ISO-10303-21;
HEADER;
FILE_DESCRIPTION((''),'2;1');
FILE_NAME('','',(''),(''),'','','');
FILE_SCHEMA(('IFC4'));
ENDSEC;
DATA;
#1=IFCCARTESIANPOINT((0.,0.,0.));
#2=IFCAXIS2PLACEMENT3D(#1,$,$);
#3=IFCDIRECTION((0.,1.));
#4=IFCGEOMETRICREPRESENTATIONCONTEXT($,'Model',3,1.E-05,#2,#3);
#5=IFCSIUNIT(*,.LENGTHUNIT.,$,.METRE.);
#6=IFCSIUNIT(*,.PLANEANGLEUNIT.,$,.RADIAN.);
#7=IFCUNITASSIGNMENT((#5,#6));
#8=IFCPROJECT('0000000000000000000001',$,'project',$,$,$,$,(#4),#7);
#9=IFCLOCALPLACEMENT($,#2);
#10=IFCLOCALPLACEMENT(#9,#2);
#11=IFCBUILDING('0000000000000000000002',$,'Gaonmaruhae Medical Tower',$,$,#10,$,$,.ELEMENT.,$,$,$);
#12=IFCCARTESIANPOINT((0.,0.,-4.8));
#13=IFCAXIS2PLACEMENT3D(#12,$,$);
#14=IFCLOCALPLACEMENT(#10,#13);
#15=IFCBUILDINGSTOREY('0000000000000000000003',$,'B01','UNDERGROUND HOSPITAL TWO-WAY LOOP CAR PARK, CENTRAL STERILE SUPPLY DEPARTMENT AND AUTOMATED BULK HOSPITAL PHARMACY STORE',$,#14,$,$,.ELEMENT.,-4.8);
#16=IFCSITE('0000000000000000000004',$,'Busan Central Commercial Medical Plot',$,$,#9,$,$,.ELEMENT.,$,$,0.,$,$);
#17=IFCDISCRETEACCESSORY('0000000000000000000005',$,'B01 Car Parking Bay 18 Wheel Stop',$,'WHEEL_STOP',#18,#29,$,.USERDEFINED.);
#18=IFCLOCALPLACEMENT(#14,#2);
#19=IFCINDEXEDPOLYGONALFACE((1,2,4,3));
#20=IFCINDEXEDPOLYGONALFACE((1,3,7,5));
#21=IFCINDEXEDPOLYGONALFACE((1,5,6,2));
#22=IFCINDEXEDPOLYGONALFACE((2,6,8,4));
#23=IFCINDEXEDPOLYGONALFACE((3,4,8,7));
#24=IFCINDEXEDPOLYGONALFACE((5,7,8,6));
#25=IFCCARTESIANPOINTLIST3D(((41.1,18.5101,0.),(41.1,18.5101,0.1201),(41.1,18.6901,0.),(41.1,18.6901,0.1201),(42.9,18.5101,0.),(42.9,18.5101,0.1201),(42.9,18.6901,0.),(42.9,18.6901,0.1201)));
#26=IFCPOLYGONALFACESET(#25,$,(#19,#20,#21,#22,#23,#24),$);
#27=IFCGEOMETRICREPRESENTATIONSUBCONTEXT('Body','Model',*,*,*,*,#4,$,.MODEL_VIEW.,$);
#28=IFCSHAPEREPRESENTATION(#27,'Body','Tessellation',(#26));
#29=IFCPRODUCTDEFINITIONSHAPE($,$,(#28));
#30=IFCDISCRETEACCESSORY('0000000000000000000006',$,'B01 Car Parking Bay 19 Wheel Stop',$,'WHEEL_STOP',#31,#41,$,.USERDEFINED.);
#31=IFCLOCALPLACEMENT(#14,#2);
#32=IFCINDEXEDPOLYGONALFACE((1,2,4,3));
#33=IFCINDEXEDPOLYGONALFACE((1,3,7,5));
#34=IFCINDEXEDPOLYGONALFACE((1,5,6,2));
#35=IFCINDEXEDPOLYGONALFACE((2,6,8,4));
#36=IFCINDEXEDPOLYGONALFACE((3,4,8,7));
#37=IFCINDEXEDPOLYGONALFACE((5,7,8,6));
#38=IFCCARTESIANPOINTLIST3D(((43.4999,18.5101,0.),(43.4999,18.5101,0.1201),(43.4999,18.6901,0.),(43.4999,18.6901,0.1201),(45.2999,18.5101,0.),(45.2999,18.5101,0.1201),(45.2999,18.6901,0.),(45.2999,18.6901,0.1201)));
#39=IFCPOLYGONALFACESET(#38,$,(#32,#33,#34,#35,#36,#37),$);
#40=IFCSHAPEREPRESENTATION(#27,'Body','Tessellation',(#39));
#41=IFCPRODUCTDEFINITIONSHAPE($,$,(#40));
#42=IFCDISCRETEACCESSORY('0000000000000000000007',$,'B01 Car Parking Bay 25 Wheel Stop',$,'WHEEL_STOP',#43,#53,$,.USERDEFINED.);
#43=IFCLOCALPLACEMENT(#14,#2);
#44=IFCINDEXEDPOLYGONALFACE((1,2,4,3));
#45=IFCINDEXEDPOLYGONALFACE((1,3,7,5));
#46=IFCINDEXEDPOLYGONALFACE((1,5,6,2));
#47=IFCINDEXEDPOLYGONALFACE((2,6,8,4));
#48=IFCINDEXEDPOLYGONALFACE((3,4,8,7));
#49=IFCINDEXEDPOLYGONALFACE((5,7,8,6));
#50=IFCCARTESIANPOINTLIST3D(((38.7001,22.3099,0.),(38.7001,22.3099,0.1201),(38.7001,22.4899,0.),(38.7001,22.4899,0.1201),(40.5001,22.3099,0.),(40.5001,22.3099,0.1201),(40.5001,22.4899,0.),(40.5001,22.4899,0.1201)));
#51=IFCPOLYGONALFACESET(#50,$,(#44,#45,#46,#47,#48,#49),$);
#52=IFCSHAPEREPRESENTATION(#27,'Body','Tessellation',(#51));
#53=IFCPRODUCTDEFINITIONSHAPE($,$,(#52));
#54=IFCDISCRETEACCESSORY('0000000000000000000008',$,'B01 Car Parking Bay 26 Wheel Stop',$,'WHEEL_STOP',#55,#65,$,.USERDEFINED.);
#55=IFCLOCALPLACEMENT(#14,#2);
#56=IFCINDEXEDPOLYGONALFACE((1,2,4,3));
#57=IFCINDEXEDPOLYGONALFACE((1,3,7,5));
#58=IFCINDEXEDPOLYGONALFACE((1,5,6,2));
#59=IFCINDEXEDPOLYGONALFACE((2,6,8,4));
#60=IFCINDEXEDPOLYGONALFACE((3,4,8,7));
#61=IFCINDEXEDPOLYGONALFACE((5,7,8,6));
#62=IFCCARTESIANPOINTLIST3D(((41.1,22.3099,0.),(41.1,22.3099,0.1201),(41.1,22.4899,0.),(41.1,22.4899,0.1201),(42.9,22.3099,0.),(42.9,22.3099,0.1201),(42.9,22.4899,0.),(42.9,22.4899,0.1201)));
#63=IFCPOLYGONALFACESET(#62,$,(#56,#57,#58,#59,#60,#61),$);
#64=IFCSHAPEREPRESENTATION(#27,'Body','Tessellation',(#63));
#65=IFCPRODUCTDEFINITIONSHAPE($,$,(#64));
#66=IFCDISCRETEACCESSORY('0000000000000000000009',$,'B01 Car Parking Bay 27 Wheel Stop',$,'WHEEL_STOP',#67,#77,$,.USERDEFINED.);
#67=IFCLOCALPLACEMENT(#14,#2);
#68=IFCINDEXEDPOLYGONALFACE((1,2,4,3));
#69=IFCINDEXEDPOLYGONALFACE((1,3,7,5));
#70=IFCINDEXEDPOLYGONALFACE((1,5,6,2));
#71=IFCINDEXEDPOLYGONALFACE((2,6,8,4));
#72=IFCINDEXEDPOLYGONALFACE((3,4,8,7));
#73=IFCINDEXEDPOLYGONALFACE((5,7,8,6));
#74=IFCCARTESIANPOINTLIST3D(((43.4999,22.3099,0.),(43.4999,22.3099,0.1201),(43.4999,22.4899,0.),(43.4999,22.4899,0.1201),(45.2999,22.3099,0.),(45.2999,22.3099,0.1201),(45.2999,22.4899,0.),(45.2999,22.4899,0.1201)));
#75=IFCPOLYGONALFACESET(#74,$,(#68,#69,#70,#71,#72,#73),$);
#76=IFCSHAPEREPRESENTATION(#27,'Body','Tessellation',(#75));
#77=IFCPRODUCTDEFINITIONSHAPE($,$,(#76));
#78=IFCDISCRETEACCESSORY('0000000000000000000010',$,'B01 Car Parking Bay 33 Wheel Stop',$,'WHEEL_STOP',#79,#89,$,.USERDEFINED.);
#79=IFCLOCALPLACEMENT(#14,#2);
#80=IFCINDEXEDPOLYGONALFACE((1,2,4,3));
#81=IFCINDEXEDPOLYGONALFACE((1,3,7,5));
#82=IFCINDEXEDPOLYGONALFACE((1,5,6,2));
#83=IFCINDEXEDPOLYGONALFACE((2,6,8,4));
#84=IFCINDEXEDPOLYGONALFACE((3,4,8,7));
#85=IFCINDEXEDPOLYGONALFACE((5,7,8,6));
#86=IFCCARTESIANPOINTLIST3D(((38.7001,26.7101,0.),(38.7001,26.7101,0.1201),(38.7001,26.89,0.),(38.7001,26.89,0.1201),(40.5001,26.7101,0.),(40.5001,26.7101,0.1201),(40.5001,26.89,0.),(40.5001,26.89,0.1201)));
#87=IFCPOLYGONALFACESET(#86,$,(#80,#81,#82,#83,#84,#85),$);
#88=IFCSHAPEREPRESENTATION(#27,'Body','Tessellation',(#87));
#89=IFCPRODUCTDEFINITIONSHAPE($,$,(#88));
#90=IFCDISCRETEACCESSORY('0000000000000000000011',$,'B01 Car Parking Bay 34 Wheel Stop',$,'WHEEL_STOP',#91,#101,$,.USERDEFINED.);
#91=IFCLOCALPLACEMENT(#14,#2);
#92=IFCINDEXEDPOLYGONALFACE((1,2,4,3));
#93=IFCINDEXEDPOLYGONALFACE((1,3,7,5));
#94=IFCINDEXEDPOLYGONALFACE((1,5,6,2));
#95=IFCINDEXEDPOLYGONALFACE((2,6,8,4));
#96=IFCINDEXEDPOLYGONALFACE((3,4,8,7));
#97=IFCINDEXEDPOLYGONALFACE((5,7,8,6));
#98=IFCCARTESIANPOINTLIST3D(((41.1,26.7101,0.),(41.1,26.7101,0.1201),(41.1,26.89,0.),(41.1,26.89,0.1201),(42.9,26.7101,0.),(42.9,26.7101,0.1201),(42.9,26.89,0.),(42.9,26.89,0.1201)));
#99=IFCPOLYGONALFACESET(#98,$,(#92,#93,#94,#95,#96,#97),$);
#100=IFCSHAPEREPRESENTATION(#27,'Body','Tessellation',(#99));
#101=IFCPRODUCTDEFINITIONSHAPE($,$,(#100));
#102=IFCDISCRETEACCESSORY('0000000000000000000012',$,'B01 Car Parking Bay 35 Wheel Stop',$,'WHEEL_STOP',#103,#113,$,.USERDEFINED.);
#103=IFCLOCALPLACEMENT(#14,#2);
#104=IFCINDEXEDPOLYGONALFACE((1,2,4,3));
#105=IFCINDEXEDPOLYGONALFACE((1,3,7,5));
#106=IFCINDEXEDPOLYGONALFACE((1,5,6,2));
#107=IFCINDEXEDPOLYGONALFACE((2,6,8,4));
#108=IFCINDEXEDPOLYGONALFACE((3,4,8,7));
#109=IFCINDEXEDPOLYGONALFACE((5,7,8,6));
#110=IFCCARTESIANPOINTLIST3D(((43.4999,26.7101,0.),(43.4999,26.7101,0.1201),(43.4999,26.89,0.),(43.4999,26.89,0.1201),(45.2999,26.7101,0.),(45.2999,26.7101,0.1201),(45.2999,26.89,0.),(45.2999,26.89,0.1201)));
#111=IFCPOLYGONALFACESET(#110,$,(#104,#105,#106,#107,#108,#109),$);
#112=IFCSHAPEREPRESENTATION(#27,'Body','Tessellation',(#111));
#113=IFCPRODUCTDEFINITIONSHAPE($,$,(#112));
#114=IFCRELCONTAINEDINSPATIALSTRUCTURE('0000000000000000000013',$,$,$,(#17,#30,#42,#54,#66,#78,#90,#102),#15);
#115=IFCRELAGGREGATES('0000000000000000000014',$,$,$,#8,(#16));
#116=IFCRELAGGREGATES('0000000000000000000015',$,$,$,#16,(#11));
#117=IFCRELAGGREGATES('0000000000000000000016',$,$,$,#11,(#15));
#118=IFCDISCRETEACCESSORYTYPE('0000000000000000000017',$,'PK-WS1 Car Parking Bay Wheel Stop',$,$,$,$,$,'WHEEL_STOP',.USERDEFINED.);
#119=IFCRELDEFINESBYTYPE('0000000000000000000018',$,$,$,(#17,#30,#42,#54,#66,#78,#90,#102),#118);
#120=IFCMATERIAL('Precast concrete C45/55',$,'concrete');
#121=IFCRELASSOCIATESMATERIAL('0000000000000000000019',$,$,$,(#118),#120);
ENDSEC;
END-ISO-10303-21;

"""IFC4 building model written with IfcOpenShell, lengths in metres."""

from ifc_helpers import new_model, si_unit, direction, frame, origin, origin_2d, place, context, subcontext, project, spatial, rectangle, extrude, material, type_object, element, save


model = new_model("IFC4")

# Units and contexts
model_context = context("Model", 3, precision=1e-05, world=origin(), true_north=direction((0.0, 1.0)))
body_context = subcontext(model_context, "Body", "Model", "MODEL_VIEW")
ifc_project = project(units=[si_unit("LENGTHUNIT", "METRE"), si_unit("PLANEANGLEUNIT", "RADIAN")], contexts=[model_context])

# Site, building, storey
site_placement = place(None, origin())
site = spatial("IfcSite", under=ifc_project, at=site_placement, Name="Busan Central Commercial Medical Plot", CompositionType="ELEMENT", RefElevation=0.0)
building_placement = place(site_placement, origin())
building = spatial("IfcBuilding", under=site, at=building_placement, Name="Gaonmaruhae Medical Tower", CompositionType="ELEMENT")
storey_placement = place(building_placement, frame((0.0, 0.0, -4.8)))
storey = spatial("IfcBuildingStorey", under=building, at=storey_placement, Name="B01", Description="UNDERGROUND HOSPITAL TWO-WAY LOOP CAR PARK, CENTRAL STERILE SUPPLY DEPARTMENT AND AUTOMATED BULK HOSPITAL PHARMACY STORE", CompositionType="ELEMENT", Elevation=-4.8)

# Discrete accessories
ifc_material_1 = material(Name="Precast concrete C45/55", Category="concrete")
discrete_accessory_type = type_object("IfcDiscreteAccessoryType", Name="PK-WS1 Car Parking Bay Wheel Stop", ElementType="WHEEL_STOP", PredefinedType="USERDEFINED", material=ifc_material_1)
for number, where, z_axis, x_axis, name in (
    (1, (42.0, 18.6001, 0.0), (0.0, 0.0, 1.0), (1.0, 0.0, 0.0), "B01 Car Parking Bay 18 Wheel Stop"),
    (2, (44.3999, 18.6001, 0.0), (0.0, 0.0, 1.0), (1.0, 0.0, 0.0), "B01 Car Parking Bay 19 Wheel Stop"),
    (3, (39.6001, 22.3999, 0.0), (0.0, 0.0, 1.0), (1.0, 0.0, 0.0), "B01 Car Parking Bay 25 Wheel Stop"),
    (4, (42.0, 22.3999, 0.0), (0.0, 0.0, 1.0), (1.0, 0.0, 0.0), "B01 Car Parking Bay 26 Wheel Stop"),
    (5, (44.3999, 22.3999, 0.0), (0.0, 0.0, 1.0), (1.0, 0.0, 0.0), "B01 Car Parking Bay 27 Wheel Stop"),
    (6, (39.6001, 26.8, 0.0), (0.0, 0.0, 1.0), (1.0, 0.0, 0.0), "B01 Car Parking Bay 33 Wheel Stop"),
    (7, (42.0, 26.8, 0.0), (0.0, 0.0, 1.0), (1.0, 0.0, 0.0), "B01 Car Parking Bay 34 Wheel Stop"),
    (8, (44.3999, 26.8, 0.0), (0.0, 0.0, 1.0), (1.0, 0.0, 0.0), "B01 Car Parking Bay 35 Wheel Stop"),
):
    element("IfcDiscreteAccessory", number, at=place(storey_placement, frame(where, z_axis=z_axis, x_axis=x_axis)), inside=storey, type_object=discrete_accessory_type, Name=name, ObjectType="WHEEL_STOP", PredefinedType="USERDEFINED", context=body_context, shape_type="SweptSolid", body=[
        extrude(rectangle(XDim=1.8, YDim=0.1799, at=origin_2d()), origin(), (0.0, 0.0, 1.0), 0.1201),
    ])

save(model, "model.ifc")
